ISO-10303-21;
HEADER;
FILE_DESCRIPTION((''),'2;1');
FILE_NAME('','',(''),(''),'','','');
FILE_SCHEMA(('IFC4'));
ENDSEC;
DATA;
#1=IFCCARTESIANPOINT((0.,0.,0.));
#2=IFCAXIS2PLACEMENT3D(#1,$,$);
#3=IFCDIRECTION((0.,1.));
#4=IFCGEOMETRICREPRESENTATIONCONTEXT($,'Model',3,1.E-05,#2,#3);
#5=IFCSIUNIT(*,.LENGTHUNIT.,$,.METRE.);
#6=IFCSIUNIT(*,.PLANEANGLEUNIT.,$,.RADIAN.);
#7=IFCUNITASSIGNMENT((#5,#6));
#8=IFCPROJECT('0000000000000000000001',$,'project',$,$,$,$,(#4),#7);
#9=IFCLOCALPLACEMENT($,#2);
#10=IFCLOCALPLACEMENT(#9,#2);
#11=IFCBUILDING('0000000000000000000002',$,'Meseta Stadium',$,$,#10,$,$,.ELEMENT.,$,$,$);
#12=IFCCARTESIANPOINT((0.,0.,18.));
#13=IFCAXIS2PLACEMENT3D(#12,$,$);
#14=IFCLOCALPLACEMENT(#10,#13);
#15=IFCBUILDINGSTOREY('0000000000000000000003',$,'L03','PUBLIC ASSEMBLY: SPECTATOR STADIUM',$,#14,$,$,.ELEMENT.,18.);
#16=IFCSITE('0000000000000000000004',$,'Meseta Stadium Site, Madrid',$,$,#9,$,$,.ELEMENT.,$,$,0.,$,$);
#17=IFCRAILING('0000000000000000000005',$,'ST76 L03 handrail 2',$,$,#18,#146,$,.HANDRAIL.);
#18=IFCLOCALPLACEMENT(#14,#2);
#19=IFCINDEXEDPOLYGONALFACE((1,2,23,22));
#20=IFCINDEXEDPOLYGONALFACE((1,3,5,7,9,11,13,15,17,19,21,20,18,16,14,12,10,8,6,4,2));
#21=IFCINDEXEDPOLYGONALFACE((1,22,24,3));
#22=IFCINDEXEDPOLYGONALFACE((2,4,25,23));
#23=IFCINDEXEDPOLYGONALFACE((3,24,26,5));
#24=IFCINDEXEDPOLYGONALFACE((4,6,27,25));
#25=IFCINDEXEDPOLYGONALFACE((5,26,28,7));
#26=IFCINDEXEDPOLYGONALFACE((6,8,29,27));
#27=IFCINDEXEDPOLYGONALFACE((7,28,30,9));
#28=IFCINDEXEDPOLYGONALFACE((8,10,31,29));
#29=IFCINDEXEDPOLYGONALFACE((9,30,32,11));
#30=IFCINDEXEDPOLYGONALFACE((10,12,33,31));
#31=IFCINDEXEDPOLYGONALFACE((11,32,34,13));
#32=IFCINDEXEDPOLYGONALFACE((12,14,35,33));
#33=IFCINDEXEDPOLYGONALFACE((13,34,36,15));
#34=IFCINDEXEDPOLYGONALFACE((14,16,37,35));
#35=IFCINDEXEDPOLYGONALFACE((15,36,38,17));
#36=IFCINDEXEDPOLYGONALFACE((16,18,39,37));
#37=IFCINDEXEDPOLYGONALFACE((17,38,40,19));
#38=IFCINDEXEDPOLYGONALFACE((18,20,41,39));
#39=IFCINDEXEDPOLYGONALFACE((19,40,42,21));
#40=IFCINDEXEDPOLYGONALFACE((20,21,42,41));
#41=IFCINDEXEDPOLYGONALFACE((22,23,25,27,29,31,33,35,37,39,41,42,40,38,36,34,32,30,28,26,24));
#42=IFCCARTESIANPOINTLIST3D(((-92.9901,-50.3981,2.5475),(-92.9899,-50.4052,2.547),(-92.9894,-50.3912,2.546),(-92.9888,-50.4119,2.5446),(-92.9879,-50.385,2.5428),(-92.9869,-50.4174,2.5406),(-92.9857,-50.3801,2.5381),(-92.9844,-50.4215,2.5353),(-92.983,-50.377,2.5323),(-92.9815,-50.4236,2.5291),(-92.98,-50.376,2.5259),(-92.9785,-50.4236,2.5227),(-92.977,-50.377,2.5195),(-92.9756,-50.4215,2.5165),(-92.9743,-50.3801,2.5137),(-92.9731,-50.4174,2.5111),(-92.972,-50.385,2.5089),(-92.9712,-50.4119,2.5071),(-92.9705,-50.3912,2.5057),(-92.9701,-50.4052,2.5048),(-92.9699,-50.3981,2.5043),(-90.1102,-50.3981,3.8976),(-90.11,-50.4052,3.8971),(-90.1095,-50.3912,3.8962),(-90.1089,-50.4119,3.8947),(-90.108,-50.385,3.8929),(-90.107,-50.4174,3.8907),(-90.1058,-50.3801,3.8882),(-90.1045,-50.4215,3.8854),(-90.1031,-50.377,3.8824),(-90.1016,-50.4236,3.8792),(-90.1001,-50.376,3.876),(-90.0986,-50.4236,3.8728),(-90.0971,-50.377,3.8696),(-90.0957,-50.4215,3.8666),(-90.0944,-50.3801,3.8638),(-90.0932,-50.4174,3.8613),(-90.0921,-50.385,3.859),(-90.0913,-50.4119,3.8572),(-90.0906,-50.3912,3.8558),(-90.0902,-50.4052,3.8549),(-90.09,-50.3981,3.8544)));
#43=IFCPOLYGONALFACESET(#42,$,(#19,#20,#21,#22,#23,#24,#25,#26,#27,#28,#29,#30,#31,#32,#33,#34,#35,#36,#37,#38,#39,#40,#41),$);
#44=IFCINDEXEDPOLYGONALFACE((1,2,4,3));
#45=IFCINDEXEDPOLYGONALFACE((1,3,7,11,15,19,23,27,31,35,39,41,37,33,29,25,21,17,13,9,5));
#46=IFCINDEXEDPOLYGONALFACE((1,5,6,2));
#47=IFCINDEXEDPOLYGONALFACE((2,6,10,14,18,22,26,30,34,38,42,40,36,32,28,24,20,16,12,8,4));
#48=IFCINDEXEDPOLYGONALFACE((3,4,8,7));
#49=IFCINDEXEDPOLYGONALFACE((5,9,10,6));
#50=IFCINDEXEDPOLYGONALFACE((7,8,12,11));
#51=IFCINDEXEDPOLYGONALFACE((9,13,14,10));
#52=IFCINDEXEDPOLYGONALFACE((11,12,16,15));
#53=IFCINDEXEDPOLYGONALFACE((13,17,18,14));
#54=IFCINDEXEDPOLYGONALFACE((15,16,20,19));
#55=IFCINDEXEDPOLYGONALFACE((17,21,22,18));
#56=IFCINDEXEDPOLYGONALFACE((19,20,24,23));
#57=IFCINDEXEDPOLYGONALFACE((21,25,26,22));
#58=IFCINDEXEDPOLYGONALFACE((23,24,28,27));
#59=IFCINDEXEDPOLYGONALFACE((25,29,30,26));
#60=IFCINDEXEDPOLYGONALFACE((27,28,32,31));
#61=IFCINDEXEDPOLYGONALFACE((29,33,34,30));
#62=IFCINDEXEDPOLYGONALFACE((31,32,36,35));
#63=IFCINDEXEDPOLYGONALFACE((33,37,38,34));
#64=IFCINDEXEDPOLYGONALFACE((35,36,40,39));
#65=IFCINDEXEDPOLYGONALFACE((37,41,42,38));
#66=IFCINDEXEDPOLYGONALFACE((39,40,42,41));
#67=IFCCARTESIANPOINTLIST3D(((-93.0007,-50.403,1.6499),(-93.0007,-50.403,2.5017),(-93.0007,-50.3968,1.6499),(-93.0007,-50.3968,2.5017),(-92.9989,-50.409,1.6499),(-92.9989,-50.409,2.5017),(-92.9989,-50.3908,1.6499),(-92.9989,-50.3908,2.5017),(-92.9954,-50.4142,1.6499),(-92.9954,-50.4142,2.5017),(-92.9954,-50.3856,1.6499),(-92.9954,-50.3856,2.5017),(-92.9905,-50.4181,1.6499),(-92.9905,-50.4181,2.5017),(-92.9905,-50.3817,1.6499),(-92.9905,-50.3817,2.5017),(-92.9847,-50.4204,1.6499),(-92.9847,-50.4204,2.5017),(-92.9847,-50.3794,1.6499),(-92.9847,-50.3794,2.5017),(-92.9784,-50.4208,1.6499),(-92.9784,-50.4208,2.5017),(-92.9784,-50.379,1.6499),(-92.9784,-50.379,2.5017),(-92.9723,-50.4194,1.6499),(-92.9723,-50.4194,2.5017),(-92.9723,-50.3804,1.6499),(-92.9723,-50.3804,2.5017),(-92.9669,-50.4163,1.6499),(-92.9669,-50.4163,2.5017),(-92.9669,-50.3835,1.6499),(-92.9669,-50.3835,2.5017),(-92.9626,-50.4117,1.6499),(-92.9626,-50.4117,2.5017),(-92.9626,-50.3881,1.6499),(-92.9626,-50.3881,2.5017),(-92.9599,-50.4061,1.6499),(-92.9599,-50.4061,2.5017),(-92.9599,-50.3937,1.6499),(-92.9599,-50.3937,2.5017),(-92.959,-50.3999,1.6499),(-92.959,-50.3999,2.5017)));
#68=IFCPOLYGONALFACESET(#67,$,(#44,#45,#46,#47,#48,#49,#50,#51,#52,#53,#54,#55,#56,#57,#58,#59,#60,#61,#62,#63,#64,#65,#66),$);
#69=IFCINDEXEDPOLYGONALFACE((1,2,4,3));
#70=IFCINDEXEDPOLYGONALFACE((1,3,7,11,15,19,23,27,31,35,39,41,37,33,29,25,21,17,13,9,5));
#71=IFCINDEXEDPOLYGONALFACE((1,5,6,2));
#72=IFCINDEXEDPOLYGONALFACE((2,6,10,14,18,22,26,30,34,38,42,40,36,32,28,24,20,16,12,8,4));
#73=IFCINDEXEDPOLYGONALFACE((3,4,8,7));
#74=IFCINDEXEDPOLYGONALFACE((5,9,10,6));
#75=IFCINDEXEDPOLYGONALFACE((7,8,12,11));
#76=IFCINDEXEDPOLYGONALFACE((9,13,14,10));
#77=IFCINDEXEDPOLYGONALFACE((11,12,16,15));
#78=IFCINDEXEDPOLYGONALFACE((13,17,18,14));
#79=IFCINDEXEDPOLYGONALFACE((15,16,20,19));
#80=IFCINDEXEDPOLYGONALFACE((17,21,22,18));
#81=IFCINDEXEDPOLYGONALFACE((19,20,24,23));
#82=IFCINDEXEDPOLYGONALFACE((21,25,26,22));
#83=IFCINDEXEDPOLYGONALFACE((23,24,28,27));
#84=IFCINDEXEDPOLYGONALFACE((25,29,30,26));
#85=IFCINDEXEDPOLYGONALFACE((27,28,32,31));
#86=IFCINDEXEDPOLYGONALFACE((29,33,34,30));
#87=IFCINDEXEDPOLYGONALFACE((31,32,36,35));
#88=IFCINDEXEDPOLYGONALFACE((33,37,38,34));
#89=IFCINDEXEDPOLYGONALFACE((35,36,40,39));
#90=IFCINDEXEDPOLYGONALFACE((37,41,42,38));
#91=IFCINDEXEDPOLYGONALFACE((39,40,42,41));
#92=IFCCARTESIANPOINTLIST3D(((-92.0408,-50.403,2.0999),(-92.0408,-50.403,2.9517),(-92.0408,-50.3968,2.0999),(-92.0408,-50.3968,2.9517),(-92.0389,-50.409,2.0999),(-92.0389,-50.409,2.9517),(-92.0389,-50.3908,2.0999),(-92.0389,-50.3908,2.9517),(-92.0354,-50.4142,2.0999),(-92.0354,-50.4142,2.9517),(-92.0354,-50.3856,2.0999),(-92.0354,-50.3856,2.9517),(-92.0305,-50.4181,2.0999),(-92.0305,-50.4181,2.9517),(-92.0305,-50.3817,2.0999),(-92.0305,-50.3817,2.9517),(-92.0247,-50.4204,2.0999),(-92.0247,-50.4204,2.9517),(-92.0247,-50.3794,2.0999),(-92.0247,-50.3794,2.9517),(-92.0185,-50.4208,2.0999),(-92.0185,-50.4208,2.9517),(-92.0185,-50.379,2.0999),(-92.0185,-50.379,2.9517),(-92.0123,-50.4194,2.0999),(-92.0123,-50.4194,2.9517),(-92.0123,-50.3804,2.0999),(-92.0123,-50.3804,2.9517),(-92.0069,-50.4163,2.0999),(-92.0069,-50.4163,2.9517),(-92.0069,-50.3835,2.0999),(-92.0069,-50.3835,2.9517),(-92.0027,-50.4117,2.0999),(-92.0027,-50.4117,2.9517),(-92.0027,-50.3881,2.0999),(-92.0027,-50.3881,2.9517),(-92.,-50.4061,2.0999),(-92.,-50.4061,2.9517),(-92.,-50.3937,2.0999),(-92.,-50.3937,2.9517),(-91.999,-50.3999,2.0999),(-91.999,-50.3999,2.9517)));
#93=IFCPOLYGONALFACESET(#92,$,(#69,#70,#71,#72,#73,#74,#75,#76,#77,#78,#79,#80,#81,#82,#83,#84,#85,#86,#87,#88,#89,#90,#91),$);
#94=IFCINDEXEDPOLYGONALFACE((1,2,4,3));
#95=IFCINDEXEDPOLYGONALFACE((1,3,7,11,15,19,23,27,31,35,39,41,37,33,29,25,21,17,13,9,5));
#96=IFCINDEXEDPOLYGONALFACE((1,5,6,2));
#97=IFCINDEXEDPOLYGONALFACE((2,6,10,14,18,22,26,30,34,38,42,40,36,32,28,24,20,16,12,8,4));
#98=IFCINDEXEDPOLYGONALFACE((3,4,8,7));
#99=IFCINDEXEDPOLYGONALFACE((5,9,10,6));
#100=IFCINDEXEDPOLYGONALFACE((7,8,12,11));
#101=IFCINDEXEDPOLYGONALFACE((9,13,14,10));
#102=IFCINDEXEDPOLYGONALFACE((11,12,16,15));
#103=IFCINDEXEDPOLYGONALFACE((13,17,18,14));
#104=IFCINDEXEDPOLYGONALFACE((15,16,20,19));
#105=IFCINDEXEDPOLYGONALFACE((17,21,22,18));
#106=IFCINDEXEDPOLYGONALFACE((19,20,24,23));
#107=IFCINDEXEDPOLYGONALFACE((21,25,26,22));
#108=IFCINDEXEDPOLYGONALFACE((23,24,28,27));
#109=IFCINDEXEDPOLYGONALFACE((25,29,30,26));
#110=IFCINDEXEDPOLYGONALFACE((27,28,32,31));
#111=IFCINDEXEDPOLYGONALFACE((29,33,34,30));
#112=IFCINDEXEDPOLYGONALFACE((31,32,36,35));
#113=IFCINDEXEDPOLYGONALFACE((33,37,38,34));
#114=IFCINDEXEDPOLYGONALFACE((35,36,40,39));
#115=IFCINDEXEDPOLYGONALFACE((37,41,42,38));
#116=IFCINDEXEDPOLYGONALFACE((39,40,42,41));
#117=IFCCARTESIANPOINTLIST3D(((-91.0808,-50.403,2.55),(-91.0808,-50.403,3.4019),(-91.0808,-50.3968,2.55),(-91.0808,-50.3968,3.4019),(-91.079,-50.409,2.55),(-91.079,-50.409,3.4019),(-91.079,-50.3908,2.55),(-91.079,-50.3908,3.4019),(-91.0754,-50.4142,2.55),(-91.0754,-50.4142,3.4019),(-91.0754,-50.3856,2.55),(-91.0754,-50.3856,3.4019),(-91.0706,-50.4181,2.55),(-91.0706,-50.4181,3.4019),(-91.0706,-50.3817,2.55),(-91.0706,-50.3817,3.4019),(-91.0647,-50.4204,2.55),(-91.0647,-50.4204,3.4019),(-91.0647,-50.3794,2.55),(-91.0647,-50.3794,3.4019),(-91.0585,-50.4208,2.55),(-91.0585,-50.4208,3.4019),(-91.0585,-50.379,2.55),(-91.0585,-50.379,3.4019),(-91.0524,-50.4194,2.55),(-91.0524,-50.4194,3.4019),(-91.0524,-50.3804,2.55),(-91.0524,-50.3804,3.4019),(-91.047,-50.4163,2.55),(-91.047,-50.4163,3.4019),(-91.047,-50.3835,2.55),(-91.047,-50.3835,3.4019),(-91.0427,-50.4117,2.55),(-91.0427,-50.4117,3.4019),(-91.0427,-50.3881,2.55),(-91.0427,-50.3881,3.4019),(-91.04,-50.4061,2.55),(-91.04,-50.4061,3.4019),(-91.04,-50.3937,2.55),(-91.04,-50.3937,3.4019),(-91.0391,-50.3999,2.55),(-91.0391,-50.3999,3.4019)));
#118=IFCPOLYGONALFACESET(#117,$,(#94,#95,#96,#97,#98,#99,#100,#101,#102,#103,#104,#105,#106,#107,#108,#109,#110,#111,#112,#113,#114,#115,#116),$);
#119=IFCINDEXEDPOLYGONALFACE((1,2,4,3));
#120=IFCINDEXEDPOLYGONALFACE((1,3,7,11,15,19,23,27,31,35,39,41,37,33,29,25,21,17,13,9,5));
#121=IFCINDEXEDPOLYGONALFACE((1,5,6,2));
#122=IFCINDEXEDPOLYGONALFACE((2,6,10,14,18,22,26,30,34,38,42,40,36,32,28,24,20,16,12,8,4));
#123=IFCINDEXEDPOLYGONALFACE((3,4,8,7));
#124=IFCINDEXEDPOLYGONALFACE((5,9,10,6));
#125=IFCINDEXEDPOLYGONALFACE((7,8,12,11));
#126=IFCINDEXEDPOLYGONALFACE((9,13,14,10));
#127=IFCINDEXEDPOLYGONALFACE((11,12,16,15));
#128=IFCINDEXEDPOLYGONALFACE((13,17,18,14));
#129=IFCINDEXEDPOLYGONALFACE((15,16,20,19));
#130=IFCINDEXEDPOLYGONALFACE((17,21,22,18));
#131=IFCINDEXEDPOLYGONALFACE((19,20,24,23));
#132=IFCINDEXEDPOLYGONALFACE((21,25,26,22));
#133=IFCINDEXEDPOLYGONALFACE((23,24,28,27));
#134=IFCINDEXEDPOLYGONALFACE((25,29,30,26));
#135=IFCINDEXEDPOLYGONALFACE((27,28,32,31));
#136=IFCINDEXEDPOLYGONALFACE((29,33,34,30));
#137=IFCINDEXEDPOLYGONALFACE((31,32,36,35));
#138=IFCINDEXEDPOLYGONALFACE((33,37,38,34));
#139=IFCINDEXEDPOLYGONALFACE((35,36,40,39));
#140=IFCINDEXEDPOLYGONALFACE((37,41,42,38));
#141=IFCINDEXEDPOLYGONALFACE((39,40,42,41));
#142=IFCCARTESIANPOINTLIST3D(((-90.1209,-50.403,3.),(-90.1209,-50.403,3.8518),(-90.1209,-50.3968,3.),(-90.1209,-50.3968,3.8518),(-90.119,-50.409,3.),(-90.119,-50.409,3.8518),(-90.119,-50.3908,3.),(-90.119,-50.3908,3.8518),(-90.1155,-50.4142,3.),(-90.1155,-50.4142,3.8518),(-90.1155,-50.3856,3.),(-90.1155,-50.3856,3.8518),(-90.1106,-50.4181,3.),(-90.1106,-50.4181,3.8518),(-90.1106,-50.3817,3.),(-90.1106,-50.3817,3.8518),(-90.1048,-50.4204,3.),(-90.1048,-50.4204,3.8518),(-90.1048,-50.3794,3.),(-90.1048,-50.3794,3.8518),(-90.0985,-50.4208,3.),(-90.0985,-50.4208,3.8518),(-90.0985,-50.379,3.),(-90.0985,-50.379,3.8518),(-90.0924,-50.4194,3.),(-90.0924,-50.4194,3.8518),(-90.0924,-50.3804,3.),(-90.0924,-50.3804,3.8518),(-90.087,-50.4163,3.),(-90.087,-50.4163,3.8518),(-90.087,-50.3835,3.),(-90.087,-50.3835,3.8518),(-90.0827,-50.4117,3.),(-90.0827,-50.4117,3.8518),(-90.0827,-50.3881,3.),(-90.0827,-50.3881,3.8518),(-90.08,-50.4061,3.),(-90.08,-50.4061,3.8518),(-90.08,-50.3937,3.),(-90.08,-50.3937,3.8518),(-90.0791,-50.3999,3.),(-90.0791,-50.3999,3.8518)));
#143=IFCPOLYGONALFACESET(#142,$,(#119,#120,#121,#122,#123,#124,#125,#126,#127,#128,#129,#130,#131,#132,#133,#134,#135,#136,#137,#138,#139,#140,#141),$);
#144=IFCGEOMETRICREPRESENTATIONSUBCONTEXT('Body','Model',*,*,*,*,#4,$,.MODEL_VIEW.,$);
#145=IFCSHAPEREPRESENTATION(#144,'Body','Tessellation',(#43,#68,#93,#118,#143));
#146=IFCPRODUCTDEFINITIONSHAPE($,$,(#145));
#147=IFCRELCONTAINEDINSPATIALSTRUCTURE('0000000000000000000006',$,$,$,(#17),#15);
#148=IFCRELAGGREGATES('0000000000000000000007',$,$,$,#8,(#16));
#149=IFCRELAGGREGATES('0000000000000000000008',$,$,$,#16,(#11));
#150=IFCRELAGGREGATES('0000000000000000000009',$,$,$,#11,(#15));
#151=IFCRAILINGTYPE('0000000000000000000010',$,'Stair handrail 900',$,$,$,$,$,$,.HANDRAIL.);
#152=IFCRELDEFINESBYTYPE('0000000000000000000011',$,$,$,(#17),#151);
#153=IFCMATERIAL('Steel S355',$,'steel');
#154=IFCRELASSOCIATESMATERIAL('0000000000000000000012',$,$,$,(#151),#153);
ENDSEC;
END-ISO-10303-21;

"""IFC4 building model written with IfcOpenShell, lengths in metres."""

from ifc_helpers import new_model, si_unit, direction, frame, origin, origin_2d, place, context, subcontext, project, spatial, circle, extrude, material, type_object, element, save


model = new_model("IFC4")

# Units and contexts
model_context = context("Model", 3, precision=1e-05, world=origin(), true_north=direction((0.0, 1.0)))
body_context = subcontext(model_context, "Body", "Model", "MODEL_VIEW")
ifc_project = project(units=[si_unit("LENGTHUNIT", "METRE"), si_unit("PLANEANGLEUNIT", "RADIAN")], contexts=[model_context])

# Site, building, storey
site_placement = place(None, origin())
site = spatial("IfcSite", under=ifc_project, at=site_placement, Name="Meseta Stadium Site, Madrid", CompositionType="ELEMENT", RefElevation=0.0)
building_placement = place(site_placement, origin())
building = spatial("IfcBuilding", under=site, at=building_placement, Name="Meseta Stadium", CompositionType="ELEMENT")
storey_placement = place(building_placement, frame((0.0, 0.0, 18.0)))
storey = spatial("IfcBuildingStorey", under=building, at=storey_placement, Name="L03", Description="PUBLIC ASSEMBLY: SPECTATOR STADIUM", CompositionType="ELEMENT", Elevation=18.0)

# Railing
ifc_material_1 = material(Name="Steel S355", Category="steel")
railing_type_1 = type_object("IfcRailingType", Name="Stair handrail 900", PredefinedType="HANDRAIL", material=ifc_material_1)
for number, where, name in (
    (1, (-92.98, -50.3999, 1.6499), "ST76 L03 handrail 2"),
):
    element("IfcRailing", number, at=place(storey_placement, frame(where)), inside=storey, type_object=railing_type_1, Name=name, PredefinedType="HANDRAIL", context=body_context, shape_type="SweptSolid", body=[
        extrude(circle(Radius=0.0239, at=origin_2d()), frame((0.0, 0.0, 0.876), z_axis=(0.90544, 0.0, 0.424473), x_axis=(0.0, 1.0, 0.0)), (0.0, 0.0, 1.0), 3.1807),
        extrude(circle(Radius=0.021, at=origin_2d()), origin(), (0.0, 0.0, 1.0), 0.8518),
        extrude(circle(Radius=0.021, at=origin_2d()), frame((0.96, 0.0, 0.45)), (0.0, 0.0, 1.0), 0.8518),
        extrude(circle(Radius=0.021, at=origin_2d()), frame((1.9199, 0.0, 0.9001)), (0.0, 0.0, 1.0), 0.8518),
        extrude(circle(Radius=0.021, at=origin_2d()), frame((2.8799, 0.0, 1.3501)), (0.0, 0.0, 1.0), 0.8518),
    ])

save(model, "model.ifc")
